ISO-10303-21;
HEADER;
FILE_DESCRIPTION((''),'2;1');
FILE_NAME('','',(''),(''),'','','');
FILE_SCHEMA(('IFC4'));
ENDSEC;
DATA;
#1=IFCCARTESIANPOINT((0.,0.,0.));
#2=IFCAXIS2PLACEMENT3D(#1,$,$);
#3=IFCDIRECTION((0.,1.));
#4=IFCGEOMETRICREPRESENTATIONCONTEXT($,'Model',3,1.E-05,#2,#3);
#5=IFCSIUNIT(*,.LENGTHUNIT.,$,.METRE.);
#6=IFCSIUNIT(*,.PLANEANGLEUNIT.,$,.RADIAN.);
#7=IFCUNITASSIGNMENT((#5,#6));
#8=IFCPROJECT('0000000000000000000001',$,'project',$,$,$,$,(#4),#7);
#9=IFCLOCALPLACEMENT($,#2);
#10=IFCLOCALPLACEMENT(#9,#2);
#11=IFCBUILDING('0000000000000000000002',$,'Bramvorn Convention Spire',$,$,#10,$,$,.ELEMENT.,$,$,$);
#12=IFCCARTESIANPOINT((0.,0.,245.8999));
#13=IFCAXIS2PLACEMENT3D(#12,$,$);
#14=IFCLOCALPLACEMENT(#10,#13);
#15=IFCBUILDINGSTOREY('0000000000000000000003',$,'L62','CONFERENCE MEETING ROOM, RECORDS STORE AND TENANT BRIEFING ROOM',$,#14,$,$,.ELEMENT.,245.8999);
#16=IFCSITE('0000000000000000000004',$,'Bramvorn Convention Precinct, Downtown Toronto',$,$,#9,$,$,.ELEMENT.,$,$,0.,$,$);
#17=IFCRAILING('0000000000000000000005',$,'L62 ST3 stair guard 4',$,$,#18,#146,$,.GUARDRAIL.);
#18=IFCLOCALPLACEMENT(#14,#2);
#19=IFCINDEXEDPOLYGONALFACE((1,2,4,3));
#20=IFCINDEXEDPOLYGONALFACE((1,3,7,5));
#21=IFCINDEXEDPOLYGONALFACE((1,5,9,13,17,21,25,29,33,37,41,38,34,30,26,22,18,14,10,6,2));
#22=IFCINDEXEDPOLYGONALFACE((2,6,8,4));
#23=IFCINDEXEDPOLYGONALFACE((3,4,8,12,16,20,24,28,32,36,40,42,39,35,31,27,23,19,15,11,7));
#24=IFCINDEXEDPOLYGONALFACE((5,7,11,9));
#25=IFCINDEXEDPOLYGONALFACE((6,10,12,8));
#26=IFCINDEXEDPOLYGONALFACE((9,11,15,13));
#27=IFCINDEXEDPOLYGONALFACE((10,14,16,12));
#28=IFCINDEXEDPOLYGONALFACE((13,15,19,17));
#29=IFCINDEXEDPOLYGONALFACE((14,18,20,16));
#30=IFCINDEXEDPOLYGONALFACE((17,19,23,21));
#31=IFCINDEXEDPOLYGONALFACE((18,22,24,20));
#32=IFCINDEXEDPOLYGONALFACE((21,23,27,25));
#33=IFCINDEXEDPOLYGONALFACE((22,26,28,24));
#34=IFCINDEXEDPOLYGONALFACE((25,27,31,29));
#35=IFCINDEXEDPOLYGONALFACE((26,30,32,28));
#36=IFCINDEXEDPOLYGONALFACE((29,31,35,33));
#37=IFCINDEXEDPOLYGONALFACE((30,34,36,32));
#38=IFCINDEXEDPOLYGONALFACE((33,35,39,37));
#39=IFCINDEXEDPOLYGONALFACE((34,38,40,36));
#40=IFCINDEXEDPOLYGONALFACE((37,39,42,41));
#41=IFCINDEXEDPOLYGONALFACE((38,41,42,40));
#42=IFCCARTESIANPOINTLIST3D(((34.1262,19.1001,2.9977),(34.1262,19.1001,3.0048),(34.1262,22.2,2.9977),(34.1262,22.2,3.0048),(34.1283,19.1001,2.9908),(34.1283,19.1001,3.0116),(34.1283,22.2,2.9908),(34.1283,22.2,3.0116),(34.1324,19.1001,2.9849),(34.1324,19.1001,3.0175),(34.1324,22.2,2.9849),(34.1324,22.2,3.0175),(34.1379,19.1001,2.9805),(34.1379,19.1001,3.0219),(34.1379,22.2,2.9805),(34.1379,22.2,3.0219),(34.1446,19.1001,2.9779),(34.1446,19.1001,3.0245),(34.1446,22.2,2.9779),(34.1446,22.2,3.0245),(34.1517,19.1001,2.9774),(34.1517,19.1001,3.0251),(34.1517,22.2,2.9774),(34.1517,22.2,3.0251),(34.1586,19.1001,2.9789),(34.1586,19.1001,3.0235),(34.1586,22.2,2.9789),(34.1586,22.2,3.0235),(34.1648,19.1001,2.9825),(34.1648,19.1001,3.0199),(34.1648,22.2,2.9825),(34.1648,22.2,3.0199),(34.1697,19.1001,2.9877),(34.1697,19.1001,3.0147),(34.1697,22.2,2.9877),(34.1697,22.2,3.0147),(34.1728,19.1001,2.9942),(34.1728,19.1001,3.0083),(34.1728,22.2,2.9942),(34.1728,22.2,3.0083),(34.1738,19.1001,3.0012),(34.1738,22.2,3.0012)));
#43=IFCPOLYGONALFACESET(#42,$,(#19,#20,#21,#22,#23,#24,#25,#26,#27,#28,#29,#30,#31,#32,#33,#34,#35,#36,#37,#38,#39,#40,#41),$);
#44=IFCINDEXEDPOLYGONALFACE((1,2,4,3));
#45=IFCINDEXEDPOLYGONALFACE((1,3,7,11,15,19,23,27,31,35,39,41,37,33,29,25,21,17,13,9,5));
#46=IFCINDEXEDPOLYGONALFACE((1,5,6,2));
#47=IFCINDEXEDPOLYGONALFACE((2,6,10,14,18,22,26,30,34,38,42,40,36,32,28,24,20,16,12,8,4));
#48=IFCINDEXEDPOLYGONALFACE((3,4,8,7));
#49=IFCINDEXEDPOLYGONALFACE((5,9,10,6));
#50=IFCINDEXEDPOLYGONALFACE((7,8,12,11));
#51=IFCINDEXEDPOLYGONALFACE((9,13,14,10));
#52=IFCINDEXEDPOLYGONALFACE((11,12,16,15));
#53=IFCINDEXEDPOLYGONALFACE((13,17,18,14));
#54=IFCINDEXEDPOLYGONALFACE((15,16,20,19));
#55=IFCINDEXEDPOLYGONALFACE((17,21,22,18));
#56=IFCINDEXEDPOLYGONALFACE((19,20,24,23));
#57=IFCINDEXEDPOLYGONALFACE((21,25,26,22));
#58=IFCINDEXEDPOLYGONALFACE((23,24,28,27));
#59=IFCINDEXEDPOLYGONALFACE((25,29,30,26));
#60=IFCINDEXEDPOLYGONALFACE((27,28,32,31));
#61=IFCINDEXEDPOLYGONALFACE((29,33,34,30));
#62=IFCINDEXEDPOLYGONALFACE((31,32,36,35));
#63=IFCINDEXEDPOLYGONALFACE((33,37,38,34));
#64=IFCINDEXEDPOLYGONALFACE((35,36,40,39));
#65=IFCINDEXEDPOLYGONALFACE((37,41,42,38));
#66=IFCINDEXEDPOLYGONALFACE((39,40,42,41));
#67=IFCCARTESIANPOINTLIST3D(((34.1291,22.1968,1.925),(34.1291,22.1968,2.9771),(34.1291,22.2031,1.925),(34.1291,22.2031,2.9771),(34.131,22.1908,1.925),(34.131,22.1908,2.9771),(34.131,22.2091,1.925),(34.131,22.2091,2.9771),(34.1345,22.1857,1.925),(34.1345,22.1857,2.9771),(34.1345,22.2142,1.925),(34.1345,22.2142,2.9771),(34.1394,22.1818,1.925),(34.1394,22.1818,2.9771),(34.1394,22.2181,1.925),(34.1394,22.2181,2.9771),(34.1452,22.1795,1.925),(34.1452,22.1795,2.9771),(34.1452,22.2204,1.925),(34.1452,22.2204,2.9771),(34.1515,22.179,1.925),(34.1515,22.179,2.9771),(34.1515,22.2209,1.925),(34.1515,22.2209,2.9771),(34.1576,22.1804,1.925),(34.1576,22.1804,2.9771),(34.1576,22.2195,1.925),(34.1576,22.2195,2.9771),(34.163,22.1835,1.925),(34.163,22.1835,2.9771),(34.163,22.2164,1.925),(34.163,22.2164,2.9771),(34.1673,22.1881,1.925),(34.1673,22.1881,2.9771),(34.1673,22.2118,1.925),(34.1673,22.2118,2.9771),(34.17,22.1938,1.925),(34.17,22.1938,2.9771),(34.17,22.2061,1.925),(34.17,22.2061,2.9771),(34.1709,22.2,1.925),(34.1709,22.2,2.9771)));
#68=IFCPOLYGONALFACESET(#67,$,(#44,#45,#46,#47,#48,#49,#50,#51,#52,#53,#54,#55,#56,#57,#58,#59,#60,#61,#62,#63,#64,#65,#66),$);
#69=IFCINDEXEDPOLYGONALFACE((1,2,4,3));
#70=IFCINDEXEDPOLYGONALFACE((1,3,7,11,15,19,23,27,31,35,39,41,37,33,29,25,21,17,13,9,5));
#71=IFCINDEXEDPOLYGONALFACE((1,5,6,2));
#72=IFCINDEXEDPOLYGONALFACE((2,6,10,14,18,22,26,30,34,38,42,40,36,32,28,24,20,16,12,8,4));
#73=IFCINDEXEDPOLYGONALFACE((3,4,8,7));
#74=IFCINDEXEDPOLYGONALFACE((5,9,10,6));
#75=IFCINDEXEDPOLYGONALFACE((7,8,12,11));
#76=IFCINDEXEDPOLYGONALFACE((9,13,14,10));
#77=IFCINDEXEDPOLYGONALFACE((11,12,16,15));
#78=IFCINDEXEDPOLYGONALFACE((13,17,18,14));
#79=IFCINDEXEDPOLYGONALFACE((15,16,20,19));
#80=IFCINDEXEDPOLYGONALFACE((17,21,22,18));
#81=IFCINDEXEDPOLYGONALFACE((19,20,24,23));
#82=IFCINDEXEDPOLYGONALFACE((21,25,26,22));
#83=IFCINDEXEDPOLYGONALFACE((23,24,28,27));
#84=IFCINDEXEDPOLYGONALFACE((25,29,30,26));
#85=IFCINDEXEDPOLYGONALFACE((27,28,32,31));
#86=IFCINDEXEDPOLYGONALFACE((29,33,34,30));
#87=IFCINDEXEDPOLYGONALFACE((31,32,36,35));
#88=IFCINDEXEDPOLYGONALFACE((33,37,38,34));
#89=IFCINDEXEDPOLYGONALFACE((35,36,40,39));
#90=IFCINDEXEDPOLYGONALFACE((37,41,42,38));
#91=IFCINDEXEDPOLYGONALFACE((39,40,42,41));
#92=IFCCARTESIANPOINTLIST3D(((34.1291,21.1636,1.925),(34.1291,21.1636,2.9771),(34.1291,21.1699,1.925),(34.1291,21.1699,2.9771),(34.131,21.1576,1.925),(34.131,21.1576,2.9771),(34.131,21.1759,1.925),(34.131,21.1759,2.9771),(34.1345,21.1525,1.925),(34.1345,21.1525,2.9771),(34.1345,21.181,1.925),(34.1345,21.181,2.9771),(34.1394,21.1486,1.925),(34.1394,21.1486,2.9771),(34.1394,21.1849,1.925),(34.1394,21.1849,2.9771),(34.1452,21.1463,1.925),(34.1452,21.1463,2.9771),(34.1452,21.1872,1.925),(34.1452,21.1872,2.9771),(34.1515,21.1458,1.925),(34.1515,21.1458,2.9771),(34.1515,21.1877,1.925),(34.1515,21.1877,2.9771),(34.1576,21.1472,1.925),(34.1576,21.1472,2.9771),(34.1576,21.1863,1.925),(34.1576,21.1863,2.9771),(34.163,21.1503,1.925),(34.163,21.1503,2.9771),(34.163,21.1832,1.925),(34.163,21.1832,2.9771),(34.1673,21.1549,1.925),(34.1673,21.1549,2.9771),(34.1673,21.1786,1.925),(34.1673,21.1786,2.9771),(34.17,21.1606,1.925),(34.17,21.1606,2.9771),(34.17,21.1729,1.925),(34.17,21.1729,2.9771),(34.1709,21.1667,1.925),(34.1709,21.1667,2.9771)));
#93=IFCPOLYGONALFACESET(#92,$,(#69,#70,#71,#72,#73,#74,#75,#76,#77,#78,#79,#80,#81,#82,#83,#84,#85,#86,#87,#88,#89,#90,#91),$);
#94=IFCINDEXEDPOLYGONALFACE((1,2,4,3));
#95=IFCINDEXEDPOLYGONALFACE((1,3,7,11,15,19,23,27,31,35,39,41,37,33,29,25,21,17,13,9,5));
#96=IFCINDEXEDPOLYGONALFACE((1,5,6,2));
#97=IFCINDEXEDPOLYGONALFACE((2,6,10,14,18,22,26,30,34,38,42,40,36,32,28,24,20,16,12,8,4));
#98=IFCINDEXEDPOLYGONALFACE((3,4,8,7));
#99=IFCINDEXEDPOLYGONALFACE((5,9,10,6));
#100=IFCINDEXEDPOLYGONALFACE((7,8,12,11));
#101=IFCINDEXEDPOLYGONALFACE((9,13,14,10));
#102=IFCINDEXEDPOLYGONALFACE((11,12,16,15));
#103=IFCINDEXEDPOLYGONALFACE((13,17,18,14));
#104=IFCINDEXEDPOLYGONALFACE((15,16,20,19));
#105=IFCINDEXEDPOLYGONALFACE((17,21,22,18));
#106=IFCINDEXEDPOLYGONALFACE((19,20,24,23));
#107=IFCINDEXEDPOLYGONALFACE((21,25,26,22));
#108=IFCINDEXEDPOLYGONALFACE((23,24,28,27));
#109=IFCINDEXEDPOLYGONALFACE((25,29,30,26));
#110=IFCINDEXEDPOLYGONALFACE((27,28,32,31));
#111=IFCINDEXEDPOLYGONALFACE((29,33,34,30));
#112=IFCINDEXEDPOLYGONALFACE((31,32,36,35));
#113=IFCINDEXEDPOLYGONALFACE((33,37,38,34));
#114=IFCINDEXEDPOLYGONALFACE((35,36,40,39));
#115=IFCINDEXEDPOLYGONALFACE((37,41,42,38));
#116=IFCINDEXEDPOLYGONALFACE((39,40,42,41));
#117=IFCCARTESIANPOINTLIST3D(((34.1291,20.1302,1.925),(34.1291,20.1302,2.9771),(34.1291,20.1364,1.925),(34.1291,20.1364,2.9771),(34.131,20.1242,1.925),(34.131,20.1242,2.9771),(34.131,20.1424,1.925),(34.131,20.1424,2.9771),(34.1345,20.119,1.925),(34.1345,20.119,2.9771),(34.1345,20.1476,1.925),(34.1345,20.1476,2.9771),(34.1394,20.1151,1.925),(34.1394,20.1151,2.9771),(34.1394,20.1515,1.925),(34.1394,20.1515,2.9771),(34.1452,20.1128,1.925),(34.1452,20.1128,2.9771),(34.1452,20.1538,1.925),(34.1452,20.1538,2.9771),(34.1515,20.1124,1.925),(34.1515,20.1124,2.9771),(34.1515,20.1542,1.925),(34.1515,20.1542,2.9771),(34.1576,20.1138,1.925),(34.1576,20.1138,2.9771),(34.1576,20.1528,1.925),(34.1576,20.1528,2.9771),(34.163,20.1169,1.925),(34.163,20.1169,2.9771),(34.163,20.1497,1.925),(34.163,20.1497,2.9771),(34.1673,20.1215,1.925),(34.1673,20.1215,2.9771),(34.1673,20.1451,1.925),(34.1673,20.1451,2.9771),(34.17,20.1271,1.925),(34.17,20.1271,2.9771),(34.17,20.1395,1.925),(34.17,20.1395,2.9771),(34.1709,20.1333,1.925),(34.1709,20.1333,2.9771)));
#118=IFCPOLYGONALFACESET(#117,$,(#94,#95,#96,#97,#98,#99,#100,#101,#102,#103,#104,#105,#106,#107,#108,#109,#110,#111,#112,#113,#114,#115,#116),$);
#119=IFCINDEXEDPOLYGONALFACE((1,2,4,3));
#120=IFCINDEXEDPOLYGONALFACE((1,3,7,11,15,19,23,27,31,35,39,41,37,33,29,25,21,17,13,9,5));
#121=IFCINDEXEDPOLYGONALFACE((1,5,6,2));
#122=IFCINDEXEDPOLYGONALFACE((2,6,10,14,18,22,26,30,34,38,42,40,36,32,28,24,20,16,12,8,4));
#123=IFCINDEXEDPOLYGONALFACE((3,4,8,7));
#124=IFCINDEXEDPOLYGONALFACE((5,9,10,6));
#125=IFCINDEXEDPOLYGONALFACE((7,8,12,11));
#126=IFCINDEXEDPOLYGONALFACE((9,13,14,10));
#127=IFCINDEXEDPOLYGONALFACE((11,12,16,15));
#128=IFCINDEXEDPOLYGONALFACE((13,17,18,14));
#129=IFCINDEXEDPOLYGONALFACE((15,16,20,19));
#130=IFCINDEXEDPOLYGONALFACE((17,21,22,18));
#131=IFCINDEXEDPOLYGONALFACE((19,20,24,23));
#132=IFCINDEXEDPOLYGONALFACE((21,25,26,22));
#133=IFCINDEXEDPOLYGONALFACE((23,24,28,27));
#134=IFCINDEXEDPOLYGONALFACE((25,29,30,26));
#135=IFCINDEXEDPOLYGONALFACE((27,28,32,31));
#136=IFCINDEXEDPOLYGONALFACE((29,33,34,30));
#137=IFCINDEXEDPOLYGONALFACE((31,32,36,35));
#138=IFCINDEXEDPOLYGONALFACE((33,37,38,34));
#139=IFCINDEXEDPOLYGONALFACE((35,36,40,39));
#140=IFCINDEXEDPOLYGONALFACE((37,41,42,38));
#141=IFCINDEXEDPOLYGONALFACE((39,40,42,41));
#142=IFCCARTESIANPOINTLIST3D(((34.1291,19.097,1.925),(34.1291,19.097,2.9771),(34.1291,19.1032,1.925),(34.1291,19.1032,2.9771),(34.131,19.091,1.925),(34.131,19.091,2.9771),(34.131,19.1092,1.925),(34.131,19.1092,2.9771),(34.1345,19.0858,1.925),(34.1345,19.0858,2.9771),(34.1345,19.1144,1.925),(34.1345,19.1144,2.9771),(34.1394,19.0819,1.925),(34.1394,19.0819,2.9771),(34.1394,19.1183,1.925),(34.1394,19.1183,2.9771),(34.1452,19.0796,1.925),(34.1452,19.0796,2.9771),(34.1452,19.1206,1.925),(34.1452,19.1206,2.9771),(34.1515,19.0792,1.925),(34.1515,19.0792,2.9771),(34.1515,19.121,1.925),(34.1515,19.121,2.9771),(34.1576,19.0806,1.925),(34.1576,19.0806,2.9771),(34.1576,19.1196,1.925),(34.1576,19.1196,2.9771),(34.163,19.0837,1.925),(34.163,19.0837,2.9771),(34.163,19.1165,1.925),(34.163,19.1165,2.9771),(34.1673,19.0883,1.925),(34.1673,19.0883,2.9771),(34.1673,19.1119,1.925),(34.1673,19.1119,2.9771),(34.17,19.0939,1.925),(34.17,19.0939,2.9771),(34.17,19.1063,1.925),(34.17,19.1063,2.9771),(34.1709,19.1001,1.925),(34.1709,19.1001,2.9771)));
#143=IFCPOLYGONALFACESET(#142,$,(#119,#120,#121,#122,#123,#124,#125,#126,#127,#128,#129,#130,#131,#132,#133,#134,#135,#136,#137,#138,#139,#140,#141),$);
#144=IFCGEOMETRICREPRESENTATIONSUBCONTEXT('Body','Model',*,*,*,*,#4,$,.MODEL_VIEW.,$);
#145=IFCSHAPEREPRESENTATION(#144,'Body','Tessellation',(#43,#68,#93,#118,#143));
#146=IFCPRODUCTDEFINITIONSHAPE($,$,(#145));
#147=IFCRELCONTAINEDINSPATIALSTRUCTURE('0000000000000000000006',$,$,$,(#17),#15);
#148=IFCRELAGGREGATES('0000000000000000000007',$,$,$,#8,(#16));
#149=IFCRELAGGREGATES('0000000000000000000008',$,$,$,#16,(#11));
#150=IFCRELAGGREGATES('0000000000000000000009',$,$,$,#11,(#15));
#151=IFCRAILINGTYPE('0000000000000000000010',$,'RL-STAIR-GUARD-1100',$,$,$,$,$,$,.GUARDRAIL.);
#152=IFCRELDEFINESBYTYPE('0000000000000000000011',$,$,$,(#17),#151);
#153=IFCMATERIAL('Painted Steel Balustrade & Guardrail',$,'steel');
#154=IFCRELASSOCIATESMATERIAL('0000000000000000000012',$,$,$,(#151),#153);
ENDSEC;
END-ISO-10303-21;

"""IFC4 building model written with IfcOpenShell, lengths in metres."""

from ifc_helpers import new_model, si_unit, direction, frame, origin, origin_2d, place, context, subcontext, project, spatial, circle, extrude, material, type_object, element, save


model = new_model("IFC4")

# Units and contexts
model_context = context("Model", 3, precision=1e-05, world=origin(), true_north=direction((0.0, 1.0)))
body_context = subcontext(model_context, "Body", "Model", "MODEL_VIEW")
ifc_project = project(units=[si_unit("LENGTHUNIT", "METRE"), si_unit("PLANEANGLEUNIT", "RADIAN")], contexts=[model_context])

# Site, building, storey
site_placement = place(None, origin())
site = spatial("IfcSite", under=ifc_project, at=site_placement, Name="Bramvorn Convention Precinct, Downtown Toronto", CompositionType="ELEMENT", RefElevation=0.0)
building_placement = place(site_placement, origin())
building = spatial("IfcBuilding", under=site, at=building_placement, Name="Bramvorn Convention Spire", CompositionType="ELEMENT")
storey_placement = place(building_placement, frame((0.0, 0.0, 245.8999)))
storey = spatial("IfcBuildingStorey", under=building, at=storey_placement, Name="L62", Description="CONFERENCE MEETING ROOM, RECORDS STORE AND TENANT BRIEFING ROOM", CompositionType="ELEMENT", Elevation=245.8999)

# Railing
ifc_material_1 = material(Name="Painted Steel Balustrade & Guardrail", Category="steel")
railing_type_1 = type_object("IfcRailingType", Name="RL-STAIR-GUARD-1100", PredefinedType="GUARDRAIL", material=ifc_material_1)
for number, where, name in (
    (1, (34.1499, 22.2, 1.925), "L62 ST3 stair guard 4"),
):
    element("IfcRailing", number, at=place(storey_placement, frame(where)), inside=storey, type_object=railing_type_1, Name=name, PredefinedType="GUARDRAIL", context=body_context, shape_type="SweptSolid", body=[
        extrude(circle(Radius=0.0239, at=origin_2d()), frame((0.0, 0.0, 1.0762), z_axis=(0.0, -1.0, 0.0), x_axis=(1.0, 0.0, 0.0)), (0.0, 0.0, 1.0), 3.0999),
        extrude(circle(Radius=0.021, at=origin_2d()), origin(), (0.0, 0.0, 1.0), 1.052),
        extrude(circle(Radius=0.021, at=origin_2d()), frame((0.0, -1.0332, 0.0)), (0.0, 0.0, 1.0), 1.052),
        extrude(circle(Radius=0.021, at=origin_2d()), frame((0.0, -2.0667, 0.0)), (0.0, 0.0, 1.0), 1.052),
        extrude(circle(Radius=0.021, at=origin_2d()), frame((0.0, -3.0999, 0.0)), (0.0, 0.0, 1.0), 1.052),
    ])

save(model, "model.ifc")
